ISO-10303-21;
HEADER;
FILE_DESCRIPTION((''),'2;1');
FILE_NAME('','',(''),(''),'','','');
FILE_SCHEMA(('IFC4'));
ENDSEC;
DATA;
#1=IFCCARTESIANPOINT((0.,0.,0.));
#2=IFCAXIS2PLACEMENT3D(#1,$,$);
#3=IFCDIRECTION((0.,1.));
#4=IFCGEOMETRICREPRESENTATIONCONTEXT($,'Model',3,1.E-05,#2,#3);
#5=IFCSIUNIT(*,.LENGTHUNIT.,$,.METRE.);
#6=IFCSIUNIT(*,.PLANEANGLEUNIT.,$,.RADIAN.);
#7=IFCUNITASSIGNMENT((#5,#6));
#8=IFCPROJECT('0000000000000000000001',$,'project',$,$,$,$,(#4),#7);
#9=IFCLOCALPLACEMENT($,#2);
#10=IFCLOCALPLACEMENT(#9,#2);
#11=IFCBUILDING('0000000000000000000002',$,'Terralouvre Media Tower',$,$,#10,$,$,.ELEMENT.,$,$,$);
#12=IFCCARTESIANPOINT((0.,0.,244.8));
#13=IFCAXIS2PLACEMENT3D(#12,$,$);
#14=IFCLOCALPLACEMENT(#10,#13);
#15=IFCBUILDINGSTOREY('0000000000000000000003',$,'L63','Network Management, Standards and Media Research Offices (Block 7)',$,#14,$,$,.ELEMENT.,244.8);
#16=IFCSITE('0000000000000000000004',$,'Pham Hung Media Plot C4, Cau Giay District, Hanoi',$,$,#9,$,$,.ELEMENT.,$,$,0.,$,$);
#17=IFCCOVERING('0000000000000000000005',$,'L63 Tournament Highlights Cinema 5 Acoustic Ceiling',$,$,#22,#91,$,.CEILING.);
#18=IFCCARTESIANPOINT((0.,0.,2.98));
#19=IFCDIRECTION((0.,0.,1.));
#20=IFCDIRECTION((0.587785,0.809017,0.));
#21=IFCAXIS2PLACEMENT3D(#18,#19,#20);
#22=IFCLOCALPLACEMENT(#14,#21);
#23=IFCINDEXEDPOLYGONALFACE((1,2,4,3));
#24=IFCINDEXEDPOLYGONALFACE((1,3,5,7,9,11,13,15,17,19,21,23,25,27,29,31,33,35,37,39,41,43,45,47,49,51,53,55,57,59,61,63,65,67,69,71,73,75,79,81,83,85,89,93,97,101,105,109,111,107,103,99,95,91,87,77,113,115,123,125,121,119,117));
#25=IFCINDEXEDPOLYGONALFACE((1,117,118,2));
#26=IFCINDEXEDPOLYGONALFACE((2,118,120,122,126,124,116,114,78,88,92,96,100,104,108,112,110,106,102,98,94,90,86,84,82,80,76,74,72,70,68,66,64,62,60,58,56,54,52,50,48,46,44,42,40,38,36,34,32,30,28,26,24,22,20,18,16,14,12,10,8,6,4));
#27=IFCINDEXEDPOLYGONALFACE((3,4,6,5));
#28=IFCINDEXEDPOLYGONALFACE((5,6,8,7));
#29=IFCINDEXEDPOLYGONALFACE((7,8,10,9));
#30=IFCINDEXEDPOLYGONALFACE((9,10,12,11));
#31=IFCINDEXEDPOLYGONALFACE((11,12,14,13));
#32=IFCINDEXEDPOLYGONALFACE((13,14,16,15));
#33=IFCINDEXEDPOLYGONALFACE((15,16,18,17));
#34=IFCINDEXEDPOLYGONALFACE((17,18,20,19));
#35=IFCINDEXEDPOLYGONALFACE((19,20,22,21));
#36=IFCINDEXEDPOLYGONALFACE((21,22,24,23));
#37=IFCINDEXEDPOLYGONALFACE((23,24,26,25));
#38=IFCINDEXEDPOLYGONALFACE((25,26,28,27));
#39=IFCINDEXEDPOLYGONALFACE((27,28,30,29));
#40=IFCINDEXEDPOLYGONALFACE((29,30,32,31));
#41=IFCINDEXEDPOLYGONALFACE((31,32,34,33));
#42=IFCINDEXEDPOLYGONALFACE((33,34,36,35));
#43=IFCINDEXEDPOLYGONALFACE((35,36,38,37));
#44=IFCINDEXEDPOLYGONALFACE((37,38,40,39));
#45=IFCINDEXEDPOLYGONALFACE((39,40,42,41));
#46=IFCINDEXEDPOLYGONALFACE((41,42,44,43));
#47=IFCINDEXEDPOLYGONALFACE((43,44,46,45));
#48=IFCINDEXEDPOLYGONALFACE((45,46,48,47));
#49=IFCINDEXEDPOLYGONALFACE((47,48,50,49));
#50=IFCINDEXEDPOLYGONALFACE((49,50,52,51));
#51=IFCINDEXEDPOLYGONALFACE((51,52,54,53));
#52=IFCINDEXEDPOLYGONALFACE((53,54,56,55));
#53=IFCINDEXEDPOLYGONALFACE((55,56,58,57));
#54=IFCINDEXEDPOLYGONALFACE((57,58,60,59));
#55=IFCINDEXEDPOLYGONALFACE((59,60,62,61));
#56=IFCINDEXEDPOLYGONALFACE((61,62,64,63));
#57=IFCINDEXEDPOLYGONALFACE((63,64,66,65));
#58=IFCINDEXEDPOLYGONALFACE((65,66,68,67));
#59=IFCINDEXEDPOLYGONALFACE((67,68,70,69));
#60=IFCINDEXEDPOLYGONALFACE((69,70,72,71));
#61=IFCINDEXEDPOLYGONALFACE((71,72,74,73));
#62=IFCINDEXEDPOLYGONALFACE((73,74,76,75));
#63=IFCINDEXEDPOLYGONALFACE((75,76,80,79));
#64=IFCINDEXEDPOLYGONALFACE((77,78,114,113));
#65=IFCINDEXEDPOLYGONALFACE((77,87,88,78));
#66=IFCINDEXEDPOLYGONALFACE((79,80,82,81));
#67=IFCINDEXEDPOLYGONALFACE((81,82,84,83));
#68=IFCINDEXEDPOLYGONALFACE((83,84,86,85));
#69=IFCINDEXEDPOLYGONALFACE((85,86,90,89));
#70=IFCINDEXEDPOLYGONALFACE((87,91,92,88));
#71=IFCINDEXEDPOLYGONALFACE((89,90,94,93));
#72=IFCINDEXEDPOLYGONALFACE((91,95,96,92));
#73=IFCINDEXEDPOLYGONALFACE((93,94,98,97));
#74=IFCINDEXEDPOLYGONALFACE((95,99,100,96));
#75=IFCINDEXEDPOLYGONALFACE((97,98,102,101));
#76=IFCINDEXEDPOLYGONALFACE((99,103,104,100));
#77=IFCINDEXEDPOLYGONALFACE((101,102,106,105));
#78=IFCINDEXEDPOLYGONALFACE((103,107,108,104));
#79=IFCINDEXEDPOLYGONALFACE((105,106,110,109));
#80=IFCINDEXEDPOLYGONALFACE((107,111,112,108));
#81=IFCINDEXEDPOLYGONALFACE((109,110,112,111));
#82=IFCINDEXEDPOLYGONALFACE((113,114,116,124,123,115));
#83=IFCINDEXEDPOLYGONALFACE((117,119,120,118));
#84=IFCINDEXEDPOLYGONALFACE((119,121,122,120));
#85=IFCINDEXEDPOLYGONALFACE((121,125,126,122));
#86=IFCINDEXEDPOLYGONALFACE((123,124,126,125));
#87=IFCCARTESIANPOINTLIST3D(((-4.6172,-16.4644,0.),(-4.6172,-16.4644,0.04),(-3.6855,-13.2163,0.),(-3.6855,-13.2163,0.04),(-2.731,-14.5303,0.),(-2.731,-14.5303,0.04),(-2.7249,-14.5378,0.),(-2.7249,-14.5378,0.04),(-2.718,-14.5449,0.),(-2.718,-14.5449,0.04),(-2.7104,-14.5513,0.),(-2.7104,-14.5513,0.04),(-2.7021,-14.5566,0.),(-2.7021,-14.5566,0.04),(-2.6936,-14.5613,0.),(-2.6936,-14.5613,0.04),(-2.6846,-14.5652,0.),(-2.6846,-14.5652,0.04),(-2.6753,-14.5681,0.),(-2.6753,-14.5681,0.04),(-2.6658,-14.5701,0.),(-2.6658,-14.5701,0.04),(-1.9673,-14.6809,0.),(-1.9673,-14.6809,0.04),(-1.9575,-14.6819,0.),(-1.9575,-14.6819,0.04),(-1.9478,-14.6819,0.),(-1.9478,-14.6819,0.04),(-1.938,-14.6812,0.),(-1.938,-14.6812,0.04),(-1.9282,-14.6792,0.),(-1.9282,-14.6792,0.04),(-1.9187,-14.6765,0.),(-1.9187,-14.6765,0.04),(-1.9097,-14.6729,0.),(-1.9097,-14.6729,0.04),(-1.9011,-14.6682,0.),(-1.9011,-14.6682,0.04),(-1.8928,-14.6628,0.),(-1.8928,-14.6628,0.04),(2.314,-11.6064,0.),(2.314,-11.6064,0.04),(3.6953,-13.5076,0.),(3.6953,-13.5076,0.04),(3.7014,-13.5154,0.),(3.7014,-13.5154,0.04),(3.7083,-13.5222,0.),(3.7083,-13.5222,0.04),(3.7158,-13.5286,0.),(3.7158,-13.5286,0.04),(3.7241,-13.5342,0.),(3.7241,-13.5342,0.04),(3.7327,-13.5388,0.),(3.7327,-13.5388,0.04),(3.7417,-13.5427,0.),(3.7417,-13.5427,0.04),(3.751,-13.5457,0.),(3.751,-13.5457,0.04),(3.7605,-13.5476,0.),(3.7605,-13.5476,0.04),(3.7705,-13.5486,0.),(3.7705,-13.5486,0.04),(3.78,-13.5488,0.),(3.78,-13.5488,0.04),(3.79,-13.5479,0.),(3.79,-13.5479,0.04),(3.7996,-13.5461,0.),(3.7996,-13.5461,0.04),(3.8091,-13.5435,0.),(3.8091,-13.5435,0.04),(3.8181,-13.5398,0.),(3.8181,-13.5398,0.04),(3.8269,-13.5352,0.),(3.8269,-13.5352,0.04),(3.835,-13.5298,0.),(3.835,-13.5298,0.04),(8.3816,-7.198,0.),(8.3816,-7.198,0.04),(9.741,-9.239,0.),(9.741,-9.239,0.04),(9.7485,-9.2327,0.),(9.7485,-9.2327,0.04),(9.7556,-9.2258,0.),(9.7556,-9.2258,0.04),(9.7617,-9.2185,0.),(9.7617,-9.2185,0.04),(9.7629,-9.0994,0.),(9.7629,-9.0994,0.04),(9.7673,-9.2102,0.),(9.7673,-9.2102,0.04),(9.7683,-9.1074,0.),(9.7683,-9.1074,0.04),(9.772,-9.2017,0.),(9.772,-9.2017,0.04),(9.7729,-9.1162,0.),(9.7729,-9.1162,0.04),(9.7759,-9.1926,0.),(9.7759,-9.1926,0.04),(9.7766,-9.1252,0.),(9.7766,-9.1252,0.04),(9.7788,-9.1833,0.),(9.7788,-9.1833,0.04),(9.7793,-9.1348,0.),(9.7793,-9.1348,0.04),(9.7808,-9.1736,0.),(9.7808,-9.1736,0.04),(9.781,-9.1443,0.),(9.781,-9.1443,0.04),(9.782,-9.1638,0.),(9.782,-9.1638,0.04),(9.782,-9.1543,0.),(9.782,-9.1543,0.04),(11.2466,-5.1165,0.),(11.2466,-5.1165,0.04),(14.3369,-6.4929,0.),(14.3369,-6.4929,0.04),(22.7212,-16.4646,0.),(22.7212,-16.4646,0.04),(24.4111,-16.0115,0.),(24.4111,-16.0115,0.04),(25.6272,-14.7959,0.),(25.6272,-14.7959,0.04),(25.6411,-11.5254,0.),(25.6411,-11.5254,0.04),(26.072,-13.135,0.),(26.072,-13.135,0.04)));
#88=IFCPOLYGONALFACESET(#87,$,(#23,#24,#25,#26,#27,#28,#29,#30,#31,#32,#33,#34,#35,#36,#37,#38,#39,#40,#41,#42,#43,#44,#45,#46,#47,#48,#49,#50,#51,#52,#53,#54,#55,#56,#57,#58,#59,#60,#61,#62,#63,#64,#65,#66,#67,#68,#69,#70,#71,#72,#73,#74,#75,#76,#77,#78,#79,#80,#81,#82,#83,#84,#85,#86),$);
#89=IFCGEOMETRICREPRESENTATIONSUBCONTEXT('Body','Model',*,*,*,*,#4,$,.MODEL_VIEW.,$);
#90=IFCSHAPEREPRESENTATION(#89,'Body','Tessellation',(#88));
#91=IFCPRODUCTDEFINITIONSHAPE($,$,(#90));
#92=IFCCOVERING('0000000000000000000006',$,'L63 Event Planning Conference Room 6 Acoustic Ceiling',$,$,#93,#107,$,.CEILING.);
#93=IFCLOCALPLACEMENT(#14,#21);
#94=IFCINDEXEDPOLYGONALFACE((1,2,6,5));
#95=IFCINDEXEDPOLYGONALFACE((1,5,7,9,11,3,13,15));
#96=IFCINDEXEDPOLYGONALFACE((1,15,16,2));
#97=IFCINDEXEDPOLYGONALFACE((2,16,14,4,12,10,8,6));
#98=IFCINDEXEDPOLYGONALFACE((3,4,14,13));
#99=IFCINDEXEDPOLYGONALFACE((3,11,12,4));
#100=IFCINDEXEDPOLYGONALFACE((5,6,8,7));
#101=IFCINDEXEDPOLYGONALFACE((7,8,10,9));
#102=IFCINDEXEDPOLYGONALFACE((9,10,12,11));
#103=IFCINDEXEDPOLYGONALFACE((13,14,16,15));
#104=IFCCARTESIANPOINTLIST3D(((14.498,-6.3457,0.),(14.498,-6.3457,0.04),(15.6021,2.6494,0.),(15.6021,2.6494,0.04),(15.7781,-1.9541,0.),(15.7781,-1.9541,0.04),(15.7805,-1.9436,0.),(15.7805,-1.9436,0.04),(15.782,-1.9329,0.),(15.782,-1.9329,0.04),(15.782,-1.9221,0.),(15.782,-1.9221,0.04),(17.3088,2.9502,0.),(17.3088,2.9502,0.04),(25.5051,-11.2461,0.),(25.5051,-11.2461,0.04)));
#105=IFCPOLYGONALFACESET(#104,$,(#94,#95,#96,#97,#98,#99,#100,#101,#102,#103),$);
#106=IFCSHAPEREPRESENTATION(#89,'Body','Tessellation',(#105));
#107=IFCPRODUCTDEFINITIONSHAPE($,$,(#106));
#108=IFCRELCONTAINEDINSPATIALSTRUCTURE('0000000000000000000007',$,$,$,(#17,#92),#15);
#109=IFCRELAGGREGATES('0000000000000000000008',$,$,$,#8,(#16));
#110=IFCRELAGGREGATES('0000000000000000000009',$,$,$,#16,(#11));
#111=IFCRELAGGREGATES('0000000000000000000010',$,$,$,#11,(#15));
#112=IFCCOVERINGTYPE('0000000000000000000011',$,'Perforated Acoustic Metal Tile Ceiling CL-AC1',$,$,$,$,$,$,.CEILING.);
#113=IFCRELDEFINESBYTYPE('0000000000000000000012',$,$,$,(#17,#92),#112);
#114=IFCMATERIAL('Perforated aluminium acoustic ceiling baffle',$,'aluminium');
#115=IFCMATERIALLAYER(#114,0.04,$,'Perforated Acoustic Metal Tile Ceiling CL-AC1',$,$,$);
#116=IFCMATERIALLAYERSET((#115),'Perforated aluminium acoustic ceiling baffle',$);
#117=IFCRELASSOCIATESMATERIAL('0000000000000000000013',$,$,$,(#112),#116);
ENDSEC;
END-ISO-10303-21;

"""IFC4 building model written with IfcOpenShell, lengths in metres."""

from ifc_helpers import new_model, si_unit, direction, frame, origin, place, context, subcontext, project, spatial, polyline, outline, extrude, material, layer, layer_set, type_object, element, save


model = new_model("IFC4")

# Units and contexts
model_context = context("Model", 3, precision=1e-05, world=origin(), true_north=direction((0.0, 1.0)))
body_context = subcontext(model_context, "Body", "Model", "MODEL_VIEW")
ifc_project = project(units=[si_unit("LENGTHUNIT", "METRE"), si_unit("PLANEANGLEUNIT", "RADIAN")], contexts=[model_context])

# Site, building, storey
site_placement = place(None, origin())
site = spatial("IfcSite", under=ifc_project, at=site_placement, Name="Pham Hung Media Plot C4, Cau Giay District, Hanoi", CompositionType="ELEMENT", RefElevation=0.0)
building_placement = place(site_placement, origin())
building = spatial("IfcBuilding", under=site, at=building_placement, Name="Terralouvre Media Tower", CompositionType="ELEMENT")
storey_placement = place(building_placement, frame((0.0, 0.0, 244.8)))
storey = spatial("IfcBuildingStorey", under=building, at=storey_placement, Name="L63", Description="Network Management, Standards and Media Research Offices (Block 7)", CompositionType="ELEMENT", Elevation=244.8)

# Coverings
ifc_material_1 = material(Name="Perforated aluminium acoustic ceiling baffle", Category="aluminium")
ifc_layer_1 = layer(ifc_material_1, 0.04, Name="Perforated Acoustic Metal Tile Ceiling CL-AC1")
ifc_layer_set_1 = layer_set([ifc_layer_1], Name="Perforated aluminium acoustic ceiling baffle")
covering_type = type_object("IfcCoveringType", Name="Perforated Acoustic Metal Tile Ceiling CL-AC1", PredefinedType="CEILING", material=ifc_layer_set_1)
covering_1_placement = place(storey_placement, frame((0.0, 0.0, 2.98), z_axis=(0.0, 0.0, 1.0), x_axis=(0.587785, 0.809017, 0.0)))
element("IfcCovering", 1, at=covering_1_placement, inside=storey, type_object=covering_type, Name="L63 Tournament Highlights Cinema 5 Acoustic Ceiling", PredefinedType="CEILING", context=body_context, shape_type="SweptSolid", body=[
    extrude(outline(polyline([(11.2466, -5.1165), (8.3816, -7.198), (9.7629, -9.0994), (9.7683, -9.1074), (9.7729, -9.1162), (9.7766, -9.1252), (9.7793, -9.1348), (9.781, -9.1443), (9.782, -9.1543), (9.782, -9.1638), (9.7808, -9.1736), (9.7788, -9.1833), (9.7759, -9.1926), (9.772, -9.2017), (9.7673, -9.2102), (9.7617, -9.2185), (9.7556, -9.2258), (9.7485, -9.2327), (9.741, -9.239), (3.835, -13.5298), (3.8269, -13.5352), (3.8181, -13.5398), (3.8091, -13.5435), (3.7996, -13.5461), (3.79, -13.5479), (3.78, -13.5488), (3.7705, -13.5486), (3.7605, -13.5476), (3.751, -13.5457), (3.7417, -13.5427), (3.7327, -13.5388), (3.7241, -13.5342), (3.7158, -13.5286), (3.7083, -13.5222), (3.7014, -13.5154), (3.6953, -13.5076), (2.314, -11.6064), (-1.8928, -14.6628), (-1.9011, -14.6682), (-1.9097, -14.6729), (-1.9187, -14.6765), (-1.9282, -14.6792), (-1.938, -14.6812), (-1.9478, -14.6819), (-1.9575, -14.6819), (-1.9673, -14.6809), (-2.6658, -14.5701), (-2.6753, -14.5681), (-2.6846, -14.5652), (-2.6936, -14.5613), (-2.7021, -14.5566), (-2.7104, -14.5513), (-2.718, -14.5449), (-2.7249, -14.5378), (-2.731, -14.5303), (-3.6855, -13.2163), (-4.6172, -16.4644), (22.7212, -16.4646), (24.4111, -16.0115), (25.6272, -14.7959), (26.072, -13.135), (25.6411, -11.5254), (14.3369, -6.4929), (11.2466, -5.1165)])), origin(), (0.0, 0.0, 1.0), 0.04),
])
covering_2_placement = place(storey_placement, frame((0.0, 0.0, 2.98), z_axis=(0.0, 0.0, 1.0), x_axis=(0.587785, 0.809017, 0.0)))
element("IfcCovering", 2, at=covering_2_placement, inside=storey, type_object=covering_type, Name="L63 Event Planning Conference Room 6 Acoustic Ceiling", PredefinedType="CEILING", context=body_context, shape_type="SweptSolid", body=[
    extrude(outline(polyline([(15.782, -1.9221), (15.782, -1.9329), (15.7805, -1.9436), (15.7781, -1.9541), (14.498, -6.3457), (25.5051, -11.2461), (17.3088, 2.9502), (15.6021, 2.6494), (15.782, -1.9221)])), origin(), (0.0, 0.0, 1.0), 0.04),
])

save(model, "model.ifc")
